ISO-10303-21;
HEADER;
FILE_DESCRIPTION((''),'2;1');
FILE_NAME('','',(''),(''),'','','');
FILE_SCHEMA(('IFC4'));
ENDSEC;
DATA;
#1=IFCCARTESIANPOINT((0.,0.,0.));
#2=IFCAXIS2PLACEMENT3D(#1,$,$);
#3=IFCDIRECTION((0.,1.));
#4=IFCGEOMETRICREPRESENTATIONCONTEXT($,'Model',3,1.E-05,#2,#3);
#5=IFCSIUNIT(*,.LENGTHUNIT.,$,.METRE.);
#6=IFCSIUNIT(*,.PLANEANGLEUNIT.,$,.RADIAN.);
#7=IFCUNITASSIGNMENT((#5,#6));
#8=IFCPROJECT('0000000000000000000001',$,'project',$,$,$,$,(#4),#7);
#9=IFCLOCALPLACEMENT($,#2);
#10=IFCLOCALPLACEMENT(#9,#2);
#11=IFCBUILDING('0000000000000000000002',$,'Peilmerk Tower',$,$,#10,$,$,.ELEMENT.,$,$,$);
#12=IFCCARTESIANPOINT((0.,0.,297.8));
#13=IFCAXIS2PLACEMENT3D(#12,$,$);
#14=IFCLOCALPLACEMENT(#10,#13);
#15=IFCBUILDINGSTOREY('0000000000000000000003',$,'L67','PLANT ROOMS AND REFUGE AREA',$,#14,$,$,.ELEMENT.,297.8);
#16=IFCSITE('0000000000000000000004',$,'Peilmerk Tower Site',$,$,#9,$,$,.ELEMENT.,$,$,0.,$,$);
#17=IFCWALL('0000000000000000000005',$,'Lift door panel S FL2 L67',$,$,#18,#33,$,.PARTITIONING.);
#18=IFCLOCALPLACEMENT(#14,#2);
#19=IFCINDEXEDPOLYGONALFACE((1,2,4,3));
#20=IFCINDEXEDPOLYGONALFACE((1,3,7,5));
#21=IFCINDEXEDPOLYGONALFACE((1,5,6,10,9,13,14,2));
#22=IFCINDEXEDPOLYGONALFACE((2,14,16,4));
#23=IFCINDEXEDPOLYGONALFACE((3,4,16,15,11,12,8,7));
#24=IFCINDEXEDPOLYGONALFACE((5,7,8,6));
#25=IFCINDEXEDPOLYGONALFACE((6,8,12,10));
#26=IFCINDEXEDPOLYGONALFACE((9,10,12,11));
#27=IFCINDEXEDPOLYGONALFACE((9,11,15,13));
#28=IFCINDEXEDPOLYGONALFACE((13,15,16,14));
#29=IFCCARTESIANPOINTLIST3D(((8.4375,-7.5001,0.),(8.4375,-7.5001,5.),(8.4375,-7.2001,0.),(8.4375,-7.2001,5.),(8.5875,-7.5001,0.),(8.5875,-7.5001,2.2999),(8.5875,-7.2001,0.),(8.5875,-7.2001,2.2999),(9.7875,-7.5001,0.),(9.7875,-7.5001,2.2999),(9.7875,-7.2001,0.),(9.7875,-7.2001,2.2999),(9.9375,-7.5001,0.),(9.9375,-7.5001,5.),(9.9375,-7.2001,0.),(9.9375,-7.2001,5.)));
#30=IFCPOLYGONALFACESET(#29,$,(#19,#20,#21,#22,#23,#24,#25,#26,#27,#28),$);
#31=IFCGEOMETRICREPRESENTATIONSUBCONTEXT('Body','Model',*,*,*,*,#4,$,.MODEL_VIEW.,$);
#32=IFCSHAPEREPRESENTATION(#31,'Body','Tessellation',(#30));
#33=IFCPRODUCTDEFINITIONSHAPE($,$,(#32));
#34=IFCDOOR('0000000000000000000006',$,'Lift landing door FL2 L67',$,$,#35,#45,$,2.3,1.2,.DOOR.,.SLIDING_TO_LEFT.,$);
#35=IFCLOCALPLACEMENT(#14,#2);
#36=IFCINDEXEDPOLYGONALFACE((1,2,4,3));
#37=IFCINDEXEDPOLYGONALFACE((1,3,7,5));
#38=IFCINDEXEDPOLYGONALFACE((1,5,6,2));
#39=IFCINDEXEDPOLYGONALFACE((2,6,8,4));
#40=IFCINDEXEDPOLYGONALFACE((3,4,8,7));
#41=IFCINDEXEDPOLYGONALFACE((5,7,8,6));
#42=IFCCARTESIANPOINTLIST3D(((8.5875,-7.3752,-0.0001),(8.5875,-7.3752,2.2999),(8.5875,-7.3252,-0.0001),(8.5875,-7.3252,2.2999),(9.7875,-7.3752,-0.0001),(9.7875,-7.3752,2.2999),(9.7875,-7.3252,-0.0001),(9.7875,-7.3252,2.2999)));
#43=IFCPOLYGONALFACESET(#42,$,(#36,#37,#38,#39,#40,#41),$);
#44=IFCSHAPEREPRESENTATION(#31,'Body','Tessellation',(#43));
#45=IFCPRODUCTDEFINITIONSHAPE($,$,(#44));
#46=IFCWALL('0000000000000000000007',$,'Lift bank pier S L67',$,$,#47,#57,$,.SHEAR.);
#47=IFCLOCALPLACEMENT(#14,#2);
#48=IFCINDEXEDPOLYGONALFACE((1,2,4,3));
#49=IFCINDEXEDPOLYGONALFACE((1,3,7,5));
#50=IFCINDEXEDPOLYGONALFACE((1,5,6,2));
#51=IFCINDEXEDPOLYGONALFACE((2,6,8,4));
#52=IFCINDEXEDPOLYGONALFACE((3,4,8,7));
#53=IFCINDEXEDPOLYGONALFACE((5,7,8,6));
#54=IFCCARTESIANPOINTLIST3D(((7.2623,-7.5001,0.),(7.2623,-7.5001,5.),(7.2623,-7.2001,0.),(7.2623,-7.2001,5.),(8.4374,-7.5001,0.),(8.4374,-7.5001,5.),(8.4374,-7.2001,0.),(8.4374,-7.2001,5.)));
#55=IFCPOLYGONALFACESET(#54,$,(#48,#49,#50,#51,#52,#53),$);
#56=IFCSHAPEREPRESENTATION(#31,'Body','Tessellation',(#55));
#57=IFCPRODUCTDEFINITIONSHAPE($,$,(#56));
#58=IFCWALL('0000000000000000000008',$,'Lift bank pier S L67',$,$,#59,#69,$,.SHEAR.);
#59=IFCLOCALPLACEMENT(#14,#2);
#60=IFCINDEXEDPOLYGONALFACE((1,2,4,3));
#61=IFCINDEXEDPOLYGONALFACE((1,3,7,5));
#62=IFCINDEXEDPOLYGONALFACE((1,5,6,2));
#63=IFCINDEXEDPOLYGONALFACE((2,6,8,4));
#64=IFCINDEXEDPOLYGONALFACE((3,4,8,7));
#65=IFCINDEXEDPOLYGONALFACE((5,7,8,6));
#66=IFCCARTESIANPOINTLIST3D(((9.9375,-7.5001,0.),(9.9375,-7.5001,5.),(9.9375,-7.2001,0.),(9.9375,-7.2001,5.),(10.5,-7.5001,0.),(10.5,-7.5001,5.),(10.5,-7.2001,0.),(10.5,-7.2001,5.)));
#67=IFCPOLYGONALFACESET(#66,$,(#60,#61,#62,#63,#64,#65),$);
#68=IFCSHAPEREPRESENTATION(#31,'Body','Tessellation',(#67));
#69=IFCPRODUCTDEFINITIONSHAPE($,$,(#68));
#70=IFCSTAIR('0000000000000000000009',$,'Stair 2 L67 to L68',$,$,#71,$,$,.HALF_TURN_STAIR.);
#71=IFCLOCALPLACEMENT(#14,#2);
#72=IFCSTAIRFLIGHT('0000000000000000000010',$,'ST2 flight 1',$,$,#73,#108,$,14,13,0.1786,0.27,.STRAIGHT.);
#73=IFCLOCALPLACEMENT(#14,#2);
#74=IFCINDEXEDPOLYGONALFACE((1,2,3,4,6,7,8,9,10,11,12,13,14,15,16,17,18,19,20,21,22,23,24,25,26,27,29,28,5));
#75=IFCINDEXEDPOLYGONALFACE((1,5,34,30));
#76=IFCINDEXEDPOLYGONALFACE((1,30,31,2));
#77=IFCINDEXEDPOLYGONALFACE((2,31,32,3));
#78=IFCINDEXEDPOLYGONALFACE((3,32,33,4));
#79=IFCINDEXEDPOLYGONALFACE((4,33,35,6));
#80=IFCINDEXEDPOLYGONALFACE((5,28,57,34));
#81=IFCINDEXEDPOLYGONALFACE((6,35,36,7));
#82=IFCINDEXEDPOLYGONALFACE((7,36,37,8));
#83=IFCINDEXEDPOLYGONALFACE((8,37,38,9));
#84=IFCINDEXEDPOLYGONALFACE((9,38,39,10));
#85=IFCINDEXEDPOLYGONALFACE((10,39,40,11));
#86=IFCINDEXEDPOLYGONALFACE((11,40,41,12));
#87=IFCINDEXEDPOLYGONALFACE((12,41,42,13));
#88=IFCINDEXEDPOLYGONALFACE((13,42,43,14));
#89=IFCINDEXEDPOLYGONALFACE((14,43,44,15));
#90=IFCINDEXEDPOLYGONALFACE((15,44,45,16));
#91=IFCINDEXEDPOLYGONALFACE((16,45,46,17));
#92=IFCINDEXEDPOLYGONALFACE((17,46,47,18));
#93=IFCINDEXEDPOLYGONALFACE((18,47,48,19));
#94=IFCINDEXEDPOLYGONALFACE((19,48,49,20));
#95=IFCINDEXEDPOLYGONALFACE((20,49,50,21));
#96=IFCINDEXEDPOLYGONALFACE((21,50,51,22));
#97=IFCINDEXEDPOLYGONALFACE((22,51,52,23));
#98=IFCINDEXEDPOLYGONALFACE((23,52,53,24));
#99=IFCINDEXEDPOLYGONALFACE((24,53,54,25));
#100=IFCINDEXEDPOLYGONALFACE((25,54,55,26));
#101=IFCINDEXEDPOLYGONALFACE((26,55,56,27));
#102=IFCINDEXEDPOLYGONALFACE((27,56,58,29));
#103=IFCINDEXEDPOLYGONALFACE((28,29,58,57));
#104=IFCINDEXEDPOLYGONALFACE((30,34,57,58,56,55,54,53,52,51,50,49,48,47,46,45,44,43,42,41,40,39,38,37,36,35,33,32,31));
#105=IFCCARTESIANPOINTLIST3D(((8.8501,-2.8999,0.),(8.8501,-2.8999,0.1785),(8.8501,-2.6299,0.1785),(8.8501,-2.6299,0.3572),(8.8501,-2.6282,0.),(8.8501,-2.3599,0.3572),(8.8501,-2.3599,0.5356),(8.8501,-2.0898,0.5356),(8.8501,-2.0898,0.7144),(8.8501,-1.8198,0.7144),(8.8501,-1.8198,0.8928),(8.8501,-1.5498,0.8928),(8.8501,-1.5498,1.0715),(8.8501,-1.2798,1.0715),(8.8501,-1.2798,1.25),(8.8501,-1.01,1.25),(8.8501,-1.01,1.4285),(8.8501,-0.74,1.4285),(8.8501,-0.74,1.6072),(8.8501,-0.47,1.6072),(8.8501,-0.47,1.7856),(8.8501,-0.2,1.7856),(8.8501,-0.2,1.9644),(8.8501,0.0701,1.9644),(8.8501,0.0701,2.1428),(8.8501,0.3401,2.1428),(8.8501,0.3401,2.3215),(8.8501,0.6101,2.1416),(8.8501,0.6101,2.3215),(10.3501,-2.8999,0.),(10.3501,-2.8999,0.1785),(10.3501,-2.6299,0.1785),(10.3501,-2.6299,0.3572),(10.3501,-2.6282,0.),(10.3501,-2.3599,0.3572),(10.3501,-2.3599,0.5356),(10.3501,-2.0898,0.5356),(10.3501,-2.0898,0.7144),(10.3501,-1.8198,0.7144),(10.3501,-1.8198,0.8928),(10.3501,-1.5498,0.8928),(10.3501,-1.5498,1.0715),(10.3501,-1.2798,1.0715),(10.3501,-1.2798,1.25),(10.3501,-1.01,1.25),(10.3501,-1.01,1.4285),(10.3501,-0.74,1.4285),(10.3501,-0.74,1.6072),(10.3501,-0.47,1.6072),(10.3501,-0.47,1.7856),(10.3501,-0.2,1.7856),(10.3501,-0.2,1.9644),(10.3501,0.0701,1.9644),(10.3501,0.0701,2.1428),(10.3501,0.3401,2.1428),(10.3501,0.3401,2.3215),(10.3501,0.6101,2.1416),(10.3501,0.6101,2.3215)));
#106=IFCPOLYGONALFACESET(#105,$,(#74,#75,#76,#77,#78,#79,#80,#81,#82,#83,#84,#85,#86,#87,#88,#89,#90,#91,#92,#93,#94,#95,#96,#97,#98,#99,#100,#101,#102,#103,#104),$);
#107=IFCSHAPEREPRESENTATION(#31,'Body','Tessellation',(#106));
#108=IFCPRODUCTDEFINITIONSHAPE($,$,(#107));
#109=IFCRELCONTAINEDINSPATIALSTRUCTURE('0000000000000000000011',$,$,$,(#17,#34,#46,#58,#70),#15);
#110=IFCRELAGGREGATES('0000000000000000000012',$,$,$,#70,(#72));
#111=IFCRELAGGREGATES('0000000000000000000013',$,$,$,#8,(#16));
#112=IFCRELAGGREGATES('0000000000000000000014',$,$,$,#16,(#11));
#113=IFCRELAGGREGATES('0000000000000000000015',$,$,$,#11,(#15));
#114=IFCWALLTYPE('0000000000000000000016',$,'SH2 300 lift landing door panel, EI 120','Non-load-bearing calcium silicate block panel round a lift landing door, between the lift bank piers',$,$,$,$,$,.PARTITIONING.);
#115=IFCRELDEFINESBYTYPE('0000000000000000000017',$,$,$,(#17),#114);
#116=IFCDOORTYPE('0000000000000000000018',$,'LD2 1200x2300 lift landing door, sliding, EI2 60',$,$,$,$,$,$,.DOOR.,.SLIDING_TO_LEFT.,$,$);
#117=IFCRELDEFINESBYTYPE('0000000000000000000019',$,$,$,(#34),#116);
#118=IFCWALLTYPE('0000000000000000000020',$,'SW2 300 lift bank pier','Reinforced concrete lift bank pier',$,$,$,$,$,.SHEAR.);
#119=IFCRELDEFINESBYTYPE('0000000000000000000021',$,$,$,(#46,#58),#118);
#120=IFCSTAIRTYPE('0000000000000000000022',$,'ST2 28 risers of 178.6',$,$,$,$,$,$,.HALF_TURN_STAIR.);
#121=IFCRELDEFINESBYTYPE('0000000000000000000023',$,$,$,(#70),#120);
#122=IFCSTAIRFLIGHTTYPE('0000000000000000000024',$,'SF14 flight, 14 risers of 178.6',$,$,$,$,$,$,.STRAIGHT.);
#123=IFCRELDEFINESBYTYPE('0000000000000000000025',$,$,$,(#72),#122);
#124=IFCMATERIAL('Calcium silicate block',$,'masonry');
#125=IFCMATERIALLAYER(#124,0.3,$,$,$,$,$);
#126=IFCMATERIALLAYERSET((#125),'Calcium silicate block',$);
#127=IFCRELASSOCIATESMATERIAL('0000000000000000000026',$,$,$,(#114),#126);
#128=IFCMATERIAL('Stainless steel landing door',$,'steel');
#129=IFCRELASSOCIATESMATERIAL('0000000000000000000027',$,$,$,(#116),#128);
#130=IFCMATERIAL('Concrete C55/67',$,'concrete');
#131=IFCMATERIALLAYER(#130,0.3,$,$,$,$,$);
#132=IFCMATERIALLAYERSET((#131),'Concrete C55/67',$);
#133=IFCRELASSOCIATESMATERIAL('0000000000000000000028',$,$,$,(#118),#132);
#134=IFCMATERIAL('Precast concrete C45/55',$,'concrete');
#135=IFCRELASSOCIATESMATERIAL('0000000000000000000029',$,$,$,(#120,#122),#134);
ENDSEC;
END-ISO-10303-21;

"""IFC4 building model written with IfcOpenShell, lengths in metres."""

from ifc_helpers import new_model, si_unit, direction, frame, frame_2d, origin, place, context, subcontext, project, spatial, polyline, rectangle, outline, extrude, material, layer, layer_set, type_object, element, fill, aggregate, save


model = new_model("IFC4")

# Units and contexts
model_context = context("Model", 3, precision=1e-05, world=origin(), true_north=direction((0.0, 1.0)))
body_context = subcontext(model_context, "Body", "Model", "MODEL_VIEW")
ifc_project = project(units=[si_unit("LENGTHUNIT", "METRE"), si_unit("PLANEANGLEUNIT", "RADIAN")], contexts=[model_context])

# Site, building, storey
site_placement = place(None, origin())
site = spatial("IfcSite", under=ifc_project, at=site_placement, Name="Peilmerk Tower Site", CompositionType="ELEMENT", RefElevation=0.0)
building_placement = place(site_placement, origin())
building = spatial("IfcBuilding", under=site, at=building_placement, Name="Peilmerk Tower", CompositionType="ELEMENT")
storey_placement = place(building_placement, frame((0.0, 0.0, 297.8)))
storey = spatial("IfcBuildingStorey", under=building, at=storey_placement, Name="L67", Description="PLANT ROOMS AND REFUGE AREA", CompositionType="ELEMENT", Elevation=297.8)

# Shared definitions
ifc_material_1 = material(Name="Calcium silicate block", Category="masonry")
ifc_layer_1 = layer(ifc_material_1, 0.3)
ifc_layer_set_1 = layer_set([ifc_layer_1], Name="Calcium silicate block")
wall_type_1 = type_object("IfcWallType", Name="SH2 300 lift landing door panel, EI 120", Description="Non-load-bearing calcium silicate block panel round a lift landing door, between the lift bank piers", PredefinedType="PARTITIONING", material=ifc_layer_set_1)

# Wall, opening, door
wall_1_placement = place(storey_placement, frame((8.4375, -7.3501, 0.0), z_axis=(0.0, 0.0, 1.0), x_axis=(1.0, 0.0, 0.0)))
wall_1 = element("IfcWall", 1, at=wall_1_placement, inside=storey, type_object=wall_type_1, Name="Lift door panel S FL2 L67", PredefinedType="PARTITIONING", context=body_context, shape_type="SweptSolid", body=[
    extrude(rectangle(XDim=1.5, YDim=0.3, at=frame_2d((0.75, 0.0))), origin(), (0.0, 0.0, 1.0), 5.0),
])
opening_1_placement = place(wall_1_placement, frame((0.1499, 0.0, 0.0)))
opening_1 = element("IfcOpeningElement", 2, at=opening_1_placement, cuts=wall_1, PredefinedType="OPENING", context=body_context, shape_type="SweptSolid", body=[
    extrude(rectangle(XDim=1.2, YDim=2.3, at=frame_2d((0.6001, 1.1499))), frame((0.0, 0.1599, 0.0), z_axis=(0.0, -1.0, 0.0), x_axis=(1.0, 0.0, 0.0)), (0.0, 0.0, 1.0), 0.3201),
])
ifc_material_2 = material(Name="Stainless steel landing door", Category="steel")
door_type_1 = type_object("IfcDoorType", Name="LD2 1200x2300 lift landing door, sliding, EI2 60", OperationType="SLIDING_TO_LEFT", PredefinedType="DOOR", material=ifc_material_2)
door_1_placement = place(opening_1_placement, origin())
door_1 = element("IfcDoor", 3, at=door_1_placement, inside=storey, type_object=door_type_1, Name="Lift landing door FL2 L67", OperationType="SLIDING_TO_LEFT", OverallHeight=2.3, OverallWidth=1.2, PredefinedType="DOOR", context=body_context, shape_type="SweptSolid", body=[
    extrude(rectangle(XDim=1.2, YDim=2.3, at=frame_2d((0.6001, 1.1499))), frame((0.0, 0.0249, 0.0), z_axis=(0.0, -1.0, 0.0), x_axis=(1.0, 0.0, 0.0)), (0.0, 0.0, 1.0), 0.05),
])
fill(opening_1, door_1)

# Walls
ifc_material_3 = material(Name="Concrete C55/67", Category="concrete")
ifc_layer_2 = layer(ifc_material_3, 0.3)
ifc_layer_set_2 = layer_set([ifc_layer_2], Name="Concrete C55/67")
wall_type_2 = type_object("IfcWallType", Name="SW2 300 lift bank pier", Description="Reinforced concrete lift bank pier", PredefinedType="SHEAR", material=ifc_layer_set_2)
wall_2_placement = place(storey_placement, frame((7.2625, -7.3501, 0.0), z_axis=(0.0, 0.0, 1.0), x_axis=(1.0, 0.0, 0.0)))
element("IfcWall", 4, at=wall_2_placement, inside=storey, type_object=wall_type_2, Name="Lift bank pier S L67", PredefinedType="SHEAR", context=body_context, shape_type="SweptSolid", body=[
    extrude(rectangle(XDim=1.175, YDim=0.3, at=frame_2d((0.5874, 0.0))), origin(), (0.0, 0.0, 1.0), 5.0),
])
wall_3_placement = place(storey_placement, frame((9.9375, -7.3501, 0.0), z_axis=(0.0, 0.0, 1.0), x_axis=(1.0, 0.0, 0.0)))
element("IfcWall", 5, at=wall_3_placement, inside=storey, type_object=wall_type_2, Name="Lift bank pier S L67", PredefinedType="SHEAR", context=body_context, shape_type="SweptSolid", body=[
    extrude(rectangle(XDim=0.5625, YDim=0.3, at=frame_2d((0.2812, 0.0))), origin(), (0.0, 0.0, 1.0), 5.0),
])

# Stair, stair flight
ifc_material_4 = material(Name="Precast concrete C45/55", Category="concrete")
stair_type = type_object("IfcStairType", Name="ST2 28 risers of 178.6", PredefinedType="HALF_TURN_STAIR", material=ifc_material_4)
stair_placement = place(storey_placement, origin())
stair = element("IfcStair", 6, at=stair_placement, inside=storey, type_object=stair_type, Name="Stair 2 L67 to L68", PredefinedType="HALF_TURN_STAIR")
stair_flight_type = type_object("IfcStairFlightType", Name="SF14 flight, 14 risers of 178.6", PredefinedType="STRAIGHT", material=ifc_material_4)
stair_flight_placement = place(storey_placement, frame((9.6001, -2.8999, 0.0), z_axis=(0.0, 0.0, 1.0), x_axis=(0.0, 1.0, 0.0)))
stair_flight = element("IfcStairFlight", 7, at=stair_flight_placement, type_object=stair_flight_type, Name="ST2 flight 1", NumberOfRisers=14, NumberOfTreads=13, PredefinedType="STRAIGHT", RiserHeight=0.1786, TreadLength=0.27, context=body_context, shape_type="SweptSolid", body=[
    extrude(outline(polyline([(0.0, 0.0), (0.0, 0.1785), (0.27, 0.1785), (0.27, 0.3572), (0.54, 0.3572), (0.54, 0.5356), (0.8101, 0.5356), (0.8101, 0.7144), (1.0801, 0.7144), (1.0801, 0.8928), (1.3501, 0.8928), (1.3501, 1.0715), (1.6201, 1.0715), (1.6201, 1.25), (1.8899, 1.25), (1.8899, 1.4285), (2.1599, 1.4285), (2.1599, 1.6072), (2.4299, 1.6072), (2.4299, 1.7856), (2.7, 1.7856), (2.7, 1.9644), (2.97, 1.9644), (2.97, 2.1428), (3.24, 2.1428), (3.24, 2.3215), (3.51, 2.3215), (3.51, 2.5), (3.51, 2.1416), (0.2717, 0.0), (0.0, 0.0)])), frame((0.0, 0.75, 0.0), z_axis=(0.0, -1.0, 0.0), x_axis=(1.0, 0.0, 0.0)), (0.0, 0.0, 1.0), 1.5),
])
aggregate(stair, [stair_flight])

save(model, "model.ifc")
